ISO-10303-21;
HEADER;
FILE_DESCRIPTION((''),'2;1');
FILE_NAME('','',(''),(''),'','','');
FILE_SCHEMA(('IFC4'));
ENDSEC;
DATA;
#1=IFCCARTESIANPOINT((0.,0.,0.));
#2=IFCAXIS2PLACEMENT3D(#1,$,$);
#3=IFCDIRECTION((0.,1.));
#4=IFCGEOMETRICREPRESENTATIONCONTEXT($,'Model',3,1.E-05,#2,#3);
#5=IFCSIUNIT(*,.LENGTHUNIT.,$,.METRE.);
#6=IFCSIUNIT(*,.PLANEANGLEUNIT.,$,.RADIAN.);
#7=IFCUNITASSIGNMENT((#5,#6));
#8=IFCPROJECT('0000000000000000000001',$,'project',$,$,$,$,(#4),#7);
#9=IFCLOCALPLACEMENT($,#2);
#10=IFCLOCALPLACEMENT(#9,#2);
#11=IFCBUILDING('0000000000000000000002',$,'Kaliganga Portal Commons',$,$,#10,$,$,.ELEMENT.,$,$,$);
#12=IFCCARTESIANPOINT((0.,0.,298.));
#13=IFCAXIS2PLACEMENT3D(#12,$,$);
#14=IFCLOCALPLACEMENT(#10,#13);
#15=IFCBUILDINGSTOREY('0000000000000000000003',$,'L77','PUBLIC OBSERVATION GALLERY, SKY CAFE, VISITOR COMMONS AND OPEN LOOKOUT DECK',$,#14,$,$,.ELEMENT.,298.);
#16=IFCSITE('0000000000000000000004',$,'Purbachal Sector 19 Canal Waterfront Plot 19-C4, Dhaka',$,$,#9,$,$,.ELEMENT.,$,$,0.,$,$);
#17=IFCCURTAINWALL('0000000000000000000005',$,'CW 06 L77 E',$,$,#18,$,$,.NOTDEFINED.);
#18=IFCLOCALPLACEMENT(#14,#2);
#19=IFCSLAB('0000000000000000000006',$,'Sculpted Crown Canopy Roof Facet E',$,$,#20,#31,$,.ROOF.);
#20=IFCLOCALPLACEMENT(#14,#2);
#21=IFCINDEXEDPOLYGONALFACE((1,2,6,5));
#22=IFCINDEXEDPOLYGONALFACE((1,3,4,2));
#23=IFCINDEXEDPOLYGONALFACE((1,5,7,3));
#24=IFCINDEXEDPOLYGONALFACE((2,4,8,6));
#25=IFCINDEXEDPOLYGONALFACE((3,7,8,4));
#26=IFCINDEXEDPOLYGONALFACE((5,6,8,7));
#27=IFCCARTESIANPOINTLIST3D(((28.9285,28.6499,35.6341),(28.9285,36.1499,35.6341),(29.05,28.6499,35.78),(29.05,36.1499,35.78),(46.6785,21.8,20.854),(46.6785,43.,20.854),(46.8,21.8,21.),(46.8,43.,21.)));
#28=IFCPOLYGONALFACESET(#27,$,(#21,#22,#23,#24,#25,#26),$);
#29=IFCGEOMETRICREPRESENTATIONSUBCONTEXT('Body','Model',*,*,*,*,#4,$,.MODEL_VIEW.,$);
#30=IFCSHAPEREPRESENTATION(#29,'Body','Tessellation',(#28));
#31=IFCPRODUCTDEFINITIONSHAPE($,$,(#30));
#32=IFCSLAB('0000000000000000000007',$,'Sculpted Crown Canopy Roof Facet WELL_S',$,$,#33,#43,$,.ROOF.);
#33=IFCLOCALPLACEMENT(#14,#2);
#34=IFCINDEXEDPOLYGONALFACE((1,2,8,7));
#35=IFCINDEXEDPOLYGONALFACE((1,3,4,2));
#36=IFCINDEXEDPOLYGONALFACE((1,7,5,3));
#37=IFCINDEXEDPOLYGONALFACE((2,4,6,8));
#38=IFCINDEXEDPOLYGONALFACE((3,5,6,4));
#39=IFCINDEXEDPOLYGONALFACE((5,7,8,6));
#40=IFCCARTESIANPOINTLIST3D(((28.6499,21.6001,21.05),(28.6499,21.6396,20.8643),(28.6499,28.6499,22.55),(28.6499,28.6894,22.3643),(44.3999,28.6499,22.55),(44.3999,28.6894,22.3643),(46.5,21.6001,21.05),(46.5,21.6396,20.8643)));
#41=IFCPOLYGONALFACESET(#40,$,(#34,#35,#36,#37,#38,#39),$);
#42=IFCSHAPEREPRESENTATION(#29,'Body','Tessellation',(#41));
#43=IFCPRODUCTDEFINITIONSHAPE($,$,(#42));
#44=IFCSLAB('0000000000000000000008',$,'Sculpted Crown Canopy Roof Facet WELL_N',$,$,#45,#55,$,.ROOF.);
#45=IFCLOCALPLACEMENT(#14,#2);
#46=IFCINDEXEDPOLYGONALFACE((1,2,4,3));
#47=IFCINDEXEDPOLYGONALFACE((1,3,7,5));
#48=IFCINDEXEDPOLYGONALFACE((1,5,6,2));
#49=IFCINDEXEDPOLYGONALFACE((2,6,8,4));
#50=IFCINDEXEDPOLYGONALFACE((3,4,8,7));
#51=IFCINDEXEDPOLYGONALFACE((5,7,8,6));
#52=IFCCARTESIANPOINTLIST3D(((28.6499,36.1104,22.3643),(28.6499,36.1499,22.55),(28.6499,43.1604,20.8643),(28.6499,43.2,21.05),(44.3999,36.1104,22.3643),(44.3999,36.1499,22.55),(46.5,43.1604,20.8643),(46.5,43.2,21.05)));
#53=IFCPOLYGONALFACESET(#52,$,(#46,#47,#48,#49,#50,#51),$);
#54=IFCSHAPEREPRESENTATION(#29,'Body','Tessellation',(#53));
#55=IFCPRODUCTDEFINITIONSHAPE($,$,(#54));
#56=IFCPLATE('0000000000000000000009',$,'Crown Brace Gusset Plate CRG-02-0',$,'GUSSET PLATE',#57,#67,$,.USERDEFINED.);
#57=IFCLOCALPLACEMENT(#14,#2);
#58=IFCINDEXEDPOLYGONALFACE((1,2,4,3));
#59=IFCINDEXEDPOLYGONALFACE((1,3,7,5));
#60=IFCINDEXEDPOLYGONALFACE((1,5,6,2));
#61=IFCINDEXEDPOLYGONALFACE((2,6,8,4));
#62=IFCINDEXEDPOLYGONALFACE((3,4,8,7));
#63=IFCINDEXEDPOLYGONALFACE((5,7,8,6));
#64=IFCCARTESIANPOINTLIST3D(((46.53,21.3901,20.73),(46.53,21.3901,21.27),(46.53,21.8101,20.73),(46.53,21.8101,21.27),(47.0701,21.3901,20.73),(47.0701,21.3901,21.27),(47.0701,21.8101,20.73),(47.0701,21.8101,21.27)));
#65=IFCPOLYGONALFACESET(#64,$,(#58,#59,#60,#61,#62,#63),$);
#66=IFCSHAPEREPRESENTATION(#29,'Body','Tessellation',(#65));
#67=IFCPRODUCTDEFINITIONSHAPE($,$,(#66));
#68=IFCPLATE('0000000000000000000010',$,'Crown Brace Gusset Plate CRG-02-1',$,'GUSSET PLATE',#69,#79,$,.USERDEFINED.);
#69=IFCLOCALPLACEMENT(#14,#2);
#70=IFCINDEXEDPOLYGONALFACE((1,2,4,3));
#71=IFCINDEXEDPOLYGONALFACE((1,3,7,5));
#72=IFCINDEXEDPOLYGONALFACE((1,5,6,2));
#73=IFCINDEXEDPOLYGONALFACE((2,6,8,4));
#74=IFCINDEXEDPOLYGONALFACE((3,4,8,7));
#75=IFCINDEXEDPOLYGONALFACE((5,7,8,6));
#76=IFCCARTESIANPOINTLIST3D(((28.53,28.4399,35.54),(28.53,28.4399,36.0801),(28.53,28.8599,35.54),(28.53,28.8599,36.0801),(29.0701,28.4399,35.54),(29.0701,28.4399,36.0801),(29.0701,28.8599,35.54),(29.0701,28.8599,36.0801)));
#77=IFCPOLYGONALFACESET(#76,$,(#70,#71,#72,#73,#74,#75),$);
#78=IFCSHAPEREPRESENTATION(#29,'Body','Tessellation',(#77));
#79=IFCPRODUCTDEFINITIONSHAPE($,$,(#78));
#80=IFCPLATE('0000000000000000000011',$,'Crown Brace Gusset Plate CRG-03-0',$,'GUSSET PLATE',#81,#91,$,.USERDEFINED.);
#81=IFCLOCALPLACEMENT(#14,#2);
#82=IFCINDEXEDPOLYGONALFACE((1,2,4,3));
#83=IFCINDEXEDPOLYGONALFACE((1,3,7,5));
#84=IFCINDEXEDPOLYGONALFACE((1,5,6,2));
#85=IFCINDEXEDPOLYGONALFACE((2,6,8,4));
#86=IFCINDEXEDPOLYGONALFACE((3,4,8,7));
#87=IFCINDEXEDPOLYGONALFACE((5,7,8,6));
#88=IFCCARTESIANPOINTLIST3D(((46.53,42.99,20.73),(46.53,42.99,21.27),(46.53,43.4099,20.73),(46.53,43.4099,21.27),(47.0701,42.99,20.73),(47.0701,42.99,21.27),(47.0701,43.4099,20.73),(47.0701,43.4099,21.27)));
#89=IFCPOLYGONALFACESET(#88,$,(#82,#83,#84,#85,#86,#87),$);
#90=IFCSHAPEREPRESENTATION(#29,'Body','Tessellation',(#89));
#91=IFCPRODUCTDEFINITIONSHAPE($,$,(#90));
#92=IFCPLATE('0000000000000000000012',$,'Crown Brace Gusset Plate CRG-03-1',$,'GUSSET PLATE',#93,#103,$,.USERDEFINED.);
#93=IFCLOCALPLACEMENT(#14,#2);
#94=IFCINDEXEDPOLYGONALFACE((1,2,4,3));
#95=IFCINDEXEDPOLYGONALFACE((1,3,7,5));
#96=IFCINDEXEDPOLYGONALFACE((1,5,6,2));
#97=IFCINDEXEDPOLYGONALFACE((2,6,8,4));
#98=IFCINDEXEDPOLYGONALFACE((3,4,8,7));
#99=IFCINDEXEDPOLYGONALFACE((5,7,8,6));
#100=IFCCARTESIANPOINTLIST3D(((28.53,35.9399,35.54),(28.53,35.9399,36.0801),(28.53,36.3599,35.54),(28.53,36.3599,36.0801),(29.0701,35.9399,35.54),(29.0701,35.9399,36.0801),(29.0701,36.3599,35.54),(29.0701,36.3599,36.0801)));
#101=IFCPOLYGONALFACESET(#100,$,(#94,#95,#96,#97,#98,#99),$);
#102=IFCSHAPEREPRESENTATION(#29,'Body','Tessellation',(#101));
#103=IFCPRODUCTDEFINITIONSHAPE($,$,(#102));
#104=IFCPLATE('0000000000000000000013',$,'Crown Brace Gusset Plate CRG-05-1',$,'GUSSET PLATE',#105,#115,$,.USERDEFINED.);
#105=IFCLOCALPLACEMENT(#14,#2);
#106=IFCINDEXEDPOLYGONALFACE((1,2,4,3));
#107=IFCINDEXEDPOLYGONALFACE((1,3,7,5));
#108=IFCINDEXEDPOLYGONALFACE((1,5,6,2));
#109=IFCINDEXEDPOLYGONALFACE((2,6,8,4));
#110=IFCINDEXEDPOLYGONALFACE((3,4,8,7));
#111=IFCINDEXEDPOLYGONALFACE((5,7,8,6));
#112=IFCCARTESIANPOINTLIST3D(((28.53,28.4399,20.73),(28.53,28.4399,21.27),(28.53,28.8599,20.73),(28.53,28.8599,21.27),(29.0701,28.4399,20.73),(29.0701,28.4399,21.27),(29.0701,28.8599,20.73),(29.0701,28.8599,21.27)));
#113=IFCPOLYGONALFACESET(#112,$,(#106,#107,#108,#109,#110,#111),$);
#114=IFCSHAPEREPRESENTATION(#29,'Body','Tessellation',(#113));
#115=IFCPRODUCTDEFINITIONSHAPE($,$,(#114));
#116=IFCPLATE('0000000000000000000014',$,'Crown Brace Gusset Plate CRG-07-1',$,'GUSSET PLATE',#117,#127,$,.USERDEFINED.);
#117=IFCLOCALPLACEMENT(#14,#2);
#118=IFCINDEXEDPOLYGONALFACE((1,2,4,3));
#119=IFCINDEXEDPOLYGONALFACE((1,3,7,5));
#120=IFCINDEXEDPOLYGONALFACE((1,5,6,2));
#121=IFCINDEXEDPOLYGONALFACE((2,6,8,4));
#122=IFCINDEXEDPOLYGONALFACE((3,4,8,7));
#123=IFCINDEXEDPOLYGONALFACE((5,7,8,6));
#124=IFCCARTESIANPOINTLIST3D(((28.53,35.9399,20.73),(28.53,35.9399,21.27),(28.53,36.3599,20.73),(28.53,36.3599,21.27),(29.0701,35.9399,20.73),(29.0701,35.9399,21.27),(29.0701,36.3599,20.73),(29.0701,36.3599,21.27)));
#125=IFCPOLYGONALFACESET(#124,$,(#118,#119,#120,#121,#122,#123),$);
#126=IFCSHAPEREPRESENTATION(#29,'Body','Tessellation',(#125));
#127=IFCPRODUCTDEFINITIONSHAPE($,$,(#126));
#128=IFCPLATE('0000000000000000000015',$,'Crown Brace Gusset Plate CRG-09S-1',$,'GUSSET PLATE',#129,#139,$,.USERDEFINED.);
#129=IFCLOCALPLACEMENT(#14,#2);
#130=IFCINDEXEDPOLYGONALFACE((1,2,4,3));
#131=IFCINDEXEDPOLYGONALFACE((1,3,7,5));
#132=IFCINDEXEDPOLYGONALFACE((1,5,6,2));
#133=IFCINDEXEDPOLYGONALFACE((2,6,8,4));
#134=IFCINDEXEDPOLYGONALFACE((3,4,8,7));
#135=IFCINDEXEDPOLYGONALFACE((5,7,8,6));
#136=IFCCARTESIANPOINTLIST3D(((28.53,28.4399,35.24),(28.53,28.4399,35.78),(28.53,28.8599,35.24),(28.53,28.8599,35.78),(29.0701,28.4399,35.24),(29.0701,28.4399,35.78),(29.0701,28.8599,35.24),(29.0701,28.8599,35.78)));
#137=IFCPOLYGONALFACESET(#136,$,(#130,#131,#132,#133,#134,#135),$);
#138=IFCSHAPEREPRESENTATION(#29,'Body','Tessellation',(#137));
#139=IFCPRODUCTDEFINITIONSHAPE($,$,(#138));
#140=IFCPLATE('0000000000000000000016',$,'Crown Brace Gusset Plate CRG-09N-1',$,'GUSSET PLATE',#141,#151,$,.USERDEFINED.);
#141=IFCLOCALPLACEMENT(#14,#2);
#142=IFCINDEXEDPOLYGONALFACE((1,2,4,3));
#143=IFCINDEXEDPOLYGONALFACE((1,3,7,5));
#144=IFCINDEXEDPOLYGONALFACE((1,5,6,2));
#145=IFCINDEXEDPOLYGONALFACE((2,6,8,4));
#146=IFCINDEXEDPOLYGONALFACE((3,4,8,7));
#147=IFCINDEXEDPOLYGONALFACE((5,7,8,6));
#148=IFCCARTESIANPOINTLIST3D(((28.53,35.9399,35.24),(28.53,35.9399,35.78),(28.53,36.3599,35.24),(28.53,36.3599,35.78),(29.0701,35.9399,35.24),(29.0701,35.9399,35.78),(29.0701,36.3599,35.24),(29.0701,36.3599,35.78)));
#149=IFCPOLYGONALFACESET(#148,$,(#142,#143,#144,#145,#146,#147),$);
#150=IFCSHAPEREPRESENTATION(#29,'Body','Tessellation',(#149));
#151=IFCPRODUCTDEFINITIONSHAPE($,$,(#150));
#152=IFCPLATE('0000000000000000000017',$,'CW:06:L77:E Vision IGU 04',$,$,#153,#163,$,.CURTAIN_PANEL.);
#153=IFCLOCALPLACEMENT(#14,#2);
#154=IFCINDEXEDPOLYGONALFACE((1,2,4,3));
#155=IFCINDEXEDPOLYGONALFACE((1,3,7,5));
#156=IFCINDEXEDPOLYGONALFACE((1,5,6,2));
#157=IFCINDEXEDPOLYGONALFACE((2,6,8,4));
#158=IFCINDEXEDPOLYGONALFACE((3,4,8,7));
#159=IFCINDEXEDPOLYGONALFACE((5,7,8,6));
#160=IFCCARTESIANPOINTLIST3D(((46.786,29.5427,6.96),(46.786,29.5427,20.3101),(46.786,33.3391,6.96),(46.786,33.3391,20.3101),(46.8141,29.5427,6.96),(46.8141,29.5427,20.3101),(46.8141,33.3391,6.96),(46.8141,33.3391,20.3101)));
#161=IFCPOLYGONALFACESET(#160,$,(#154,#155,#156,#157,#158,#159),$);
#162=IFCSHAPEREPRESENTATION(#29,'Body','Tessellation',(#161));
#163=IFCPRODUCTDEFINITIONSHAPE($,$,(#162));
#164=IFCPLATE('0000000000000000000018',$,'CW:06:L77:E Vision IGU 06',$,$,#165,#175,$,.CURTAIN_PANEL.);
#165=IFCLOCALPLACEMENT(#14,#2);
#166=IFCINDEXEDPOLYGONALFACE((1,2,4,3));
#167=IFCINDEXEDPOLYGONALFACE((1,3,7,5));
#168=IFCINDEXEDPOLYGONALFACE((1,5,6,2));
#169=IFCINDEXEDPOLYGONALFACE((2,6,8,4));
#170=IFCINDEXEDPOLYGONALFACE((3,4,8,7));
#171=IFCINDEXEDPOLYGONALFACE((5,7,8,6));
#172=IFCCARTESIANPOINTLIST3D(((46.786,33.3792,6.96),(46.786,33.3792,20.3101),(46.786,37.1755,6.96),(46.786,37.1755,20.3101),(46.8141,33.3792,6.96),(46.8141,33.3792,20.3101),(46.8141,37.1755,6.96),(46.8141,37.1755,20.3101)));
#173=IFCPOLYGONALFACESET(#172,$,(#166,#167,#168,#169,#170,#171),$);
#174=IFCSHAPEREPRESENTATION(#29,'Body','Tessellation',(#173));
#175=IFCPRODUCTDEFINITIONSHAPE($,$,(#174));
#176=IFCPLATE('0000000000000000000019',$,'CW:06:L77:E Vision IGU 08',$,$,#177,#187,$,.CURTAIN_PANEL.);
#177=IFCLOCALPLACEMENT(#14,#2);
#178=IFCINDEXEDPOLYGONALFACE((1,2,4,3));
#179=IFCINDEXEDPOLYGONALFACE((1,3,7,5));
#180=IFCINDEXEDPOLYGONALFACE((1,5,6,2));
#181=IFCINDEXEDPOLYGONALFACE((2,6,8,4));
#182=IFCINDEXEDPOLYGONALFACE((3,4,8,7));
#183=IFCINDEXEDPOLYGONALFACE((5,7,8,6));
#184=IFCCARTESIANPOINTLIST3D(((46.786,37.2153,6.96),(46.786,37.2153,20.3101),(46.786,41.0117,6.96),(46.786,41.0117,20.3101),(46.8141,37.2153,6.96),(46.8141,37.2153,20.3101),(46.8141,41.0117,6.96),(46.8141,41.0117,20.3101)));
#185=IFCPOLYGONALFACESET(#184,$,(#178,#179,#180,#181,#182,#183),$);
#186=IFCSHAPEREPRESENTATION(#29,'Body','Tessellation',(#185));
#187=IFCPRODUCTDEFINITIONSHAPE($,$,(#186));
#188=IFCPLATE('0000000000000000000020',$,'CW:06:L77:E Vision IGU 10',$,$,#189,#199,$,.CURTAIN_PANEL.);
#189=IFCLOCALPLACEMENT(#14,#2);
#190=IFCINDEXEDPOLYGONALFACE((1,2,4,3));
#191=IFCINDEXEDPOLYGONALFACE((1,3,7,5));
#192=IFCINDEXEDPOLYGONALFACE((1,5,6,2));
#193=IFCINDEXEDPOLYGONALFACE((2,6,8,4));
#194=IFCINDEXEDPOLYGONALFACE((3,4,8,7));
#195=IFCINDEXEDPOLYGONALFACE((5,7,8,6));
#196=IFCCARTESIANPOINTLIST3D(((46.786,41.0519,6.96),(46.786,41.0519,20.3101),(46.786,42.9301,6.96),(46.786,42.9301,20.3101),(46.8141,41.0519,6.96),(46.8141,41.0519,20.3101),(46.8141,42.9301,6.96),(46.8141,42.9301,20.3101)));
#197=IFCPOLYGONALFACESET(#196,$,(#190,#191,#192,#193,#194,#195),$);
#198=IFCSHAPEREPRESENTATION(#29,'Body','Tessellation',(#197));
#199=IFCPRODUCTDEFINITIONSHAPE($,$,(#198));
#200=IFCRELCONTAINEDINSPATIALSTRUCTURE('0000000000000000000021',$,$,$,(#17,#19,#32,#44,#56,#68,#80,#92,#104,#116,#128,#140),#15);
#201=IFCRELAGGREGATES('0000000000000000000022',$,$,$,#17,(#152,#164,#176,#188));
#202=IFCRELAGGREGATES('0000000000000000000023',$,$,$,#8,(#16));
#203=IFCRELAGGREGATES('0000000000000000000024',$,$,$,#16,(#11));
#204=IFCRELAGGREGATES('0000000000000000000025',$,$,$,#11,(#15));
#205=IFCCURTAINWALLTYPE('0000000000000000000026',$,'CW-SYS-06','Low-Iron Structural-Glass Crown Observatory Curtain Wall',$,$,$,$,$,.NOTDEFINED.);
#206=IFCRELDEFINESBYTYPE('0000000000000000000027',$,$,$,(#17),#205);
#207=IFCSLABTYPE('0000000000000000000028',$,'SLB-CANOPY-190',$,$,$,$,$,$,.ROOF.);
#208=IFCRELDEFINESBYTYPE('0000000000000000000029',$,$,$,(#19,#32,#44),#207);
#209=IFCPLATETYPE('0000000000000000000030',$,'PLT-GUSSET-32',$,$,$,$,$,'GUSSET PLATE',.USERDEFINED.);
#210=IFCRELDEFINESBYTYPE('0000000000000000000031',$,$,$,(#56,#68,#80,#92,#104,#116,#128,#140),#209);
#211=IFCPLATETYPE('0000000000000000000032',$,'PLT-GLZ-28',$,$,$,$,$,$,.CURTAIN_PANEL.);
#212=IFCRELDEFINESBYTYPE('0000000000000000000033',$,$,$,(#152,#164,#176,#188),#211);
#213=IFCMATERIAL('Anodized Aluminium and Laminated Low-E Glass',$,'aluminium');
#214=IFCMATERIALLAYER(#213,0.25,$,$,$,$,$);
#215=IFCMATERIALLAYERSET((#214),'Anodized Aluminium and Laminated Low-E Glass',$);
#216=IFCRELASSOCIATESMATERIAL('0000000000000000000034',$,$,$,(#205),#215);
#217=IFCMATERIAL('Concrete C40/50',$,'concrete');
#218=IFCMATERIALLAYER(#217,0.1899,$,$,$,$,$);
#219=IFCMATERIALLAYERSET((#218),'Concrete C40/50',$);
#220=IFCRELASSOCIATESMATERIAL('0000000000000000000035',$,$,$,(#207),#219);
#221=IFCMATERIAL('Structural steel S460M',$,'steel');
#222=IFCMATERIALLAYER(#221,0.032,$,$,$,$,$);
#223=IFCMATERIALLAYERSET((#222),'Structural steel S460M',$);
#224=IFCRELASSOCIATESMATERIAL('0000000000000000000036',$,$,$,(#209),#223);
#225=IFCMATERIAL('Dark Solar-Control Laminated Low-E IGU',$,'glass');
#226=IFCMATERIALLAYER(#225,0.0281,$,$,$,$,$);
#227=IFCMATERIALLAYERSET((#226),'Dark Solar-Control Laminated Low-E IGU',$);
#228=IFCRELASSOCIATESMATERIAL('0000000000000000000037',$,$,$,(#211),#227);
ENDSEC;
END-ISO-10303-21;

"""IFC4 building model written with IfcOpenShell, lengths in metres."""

from ifc_helpers import new_model, si_unit, direction, frame, origin, origin_2d, place, context, subcontext, project, spatial, polyline, rectangle, outline, extrude, source, transform, mapped, material, layer, layer_set, type_object, element, aggregate, save


model = new_model("IFC4")

# Units and contexts
model_context = context("Model", 3, precision=1e-05, world=origin(), true_north=direction((0.0, 1.0)))
body_context = subcontext(model_context, "Body", "Model", "MODEL_VIEW")
ifc_project = project(units=[si_unit("LENGTHUNIT", "METRE"), si_unit("PLANEANGLEUNIT", "RADIAN")], contexts=[model_context])

# Site, building, storey
site_placement = place(None, origin())
site = spatial("IfcSite", under=ifc_project, at=site_placement, Name="Purbachal Sector 19 Canal Waterfront Plot 19-C4, Dhaka", CompositionType="ELEMENT", RefElevation=0.0)
building_placement = place(site_placement, origin())
building = spatial("IfcBuilding", under=site, at=building_placement, Name="Kaliganga Portal Commons", CompositionType="ELEMENT")
storey_placement = place(building_placement, frame((0.0, 0.0, 298.0)))
storey = spatial("IfcBuildingStorey", under=building, at=storey_placement, Name="L77", Description="PUBLIC OBSERVATION GALLERY, SKY CAFE, VISITOR COMMONS AND OPEN LOOKOUT DECK", CompositionType="ELEMENT", Elevation=298.0)

# Shared definitions
ifc_material_1 = material(Name="Structural steel S460M", Category="steel")

# Curtain wall
ifc_material_2 = material(Name="Anodized Aluminium and Laminated Low-E Glass", Category="aluminium")
ifc_layer_1 = layer(ifc_material_2, 0.25)
ifc_layer_set_1 = layer_set([ifc_layer_1], Name="Anodized Aluminium and Laminated Low-E Glass")
curtain_wall_type = type_object("IfcCurtainWallType", Name="CW-SYS-06", Description="Low-Iron Structural-Glass Crown Observatory Curtain Wall", PredefinedType="NOTDEFINED", material=ifc_layer_set_1)
curtain_wall_1_placement = place(storey_placement, origin())
curtain_wall_1 = element("IfcCurtainWall", 1, at=curtain_wall_1_placement, inside=storey, type_object=curtain_wall_type, Name="CW 06 L77 E", PredefinedType="NOTDEFINED")

# Slabs
ifc_material_3 = material(Name="Concrete C40/50", Category="concrete")
ifc_layer_2 = layer(ifc_material_3, 0.1899)
ifc_layer_set_2 = layer_set([ifc_layer_2], Name="Concrete C40/50")
slab_type = type_object("IfcSlabType", Name="SLB-CANOPY-190", PredefinedType="ROOF", material=ifc_layer_set_2)
slab_1_placement = place(storey_placement, frame((46.8, 21.8, 21.0), z_axis=(0.639887, 0.0, 0.768469), x_axis=(0.0, 1.0, 0.0)))
element("IfcSlab", 2, at=slab_1_placement, inside=storey, type_object=slab_type, Name="Sculpted Crown Canopy Roof Facet E", PredefinedType="ROOF", context=body_context, shape_type="SweptSolid", body=[
    extrude(outline(polyline([(0.0, 0.0), (21.2, 0.0), (14.3499, 23.0979), (6.8499, 23.0979), (0.0, 0.0)])), origin(), (0.0, 0.0, -1.0), 0.1899),
])
slab_2_placement = place(storey_placement, frame((28.6499, 21.6001, 21.05), z_axis=(0.0, -0.208113, 0.978105), x_axis=(1.0, 0.0, 0.0)))
element("IfcSlab", 3, at=slab_2_placement, inside=storey, type_object=slab_type, Name="Sculpted Crown Canopy Roof Facet WELL_S", PredefinedType="ROOF", context=body_context, shape_type="SweptSolid", body=[
    extrude(outline(polyline([(0.0, 0.0), (17.8501, 0.0), (15.75, 7.2076), (0.0, 7.2076), (0.0, 0.0)])), origin(), (0.0, 0.0, -1.0), 0.1899),
])
slab_3_placement = place(storey_placement, frame((46.5, 43.2, 21.05), z_axis=(0.0, 0.208106, 0.978106), x_axis=(-1.0, 0.0, 0.0)))
element("IfcSlab", 4, at=slab_3_placement, inside=storey, type_object=slab_type, Name="Sculpted Crown Canopy Roof Facet WELL_N", PredefinedType="ROOF", context=body_context, shape_type="SweptSolid", body=[
    extrude(outline(polyline([(0.0, 0.0), (17.8501, 0.0), (17.8501, 7.2079), (2.1001, 7.2079), (0.0, 0.0)])), origin(), (0.0, 0.0, -1.0), 0.1899),
])

# Plates
ifc_layer_3 = layer(ifc_material_1, 0.032)
ifc_layer_set_3 = layer_set([ifc_layer_3], Name="Structural steel S460M")
plate_type_1 = type_object("IfcPlateType", Name="PLT-GUSSET-32", ElementType="GUSSET PLATE", PredefinedType="USERDEFINED", material=ifc_layer_set_3)
shared_shape_1 = source(origin(), body_context, "Body", "SweptSolid", [
    extrude(rectangle(XDim=0.54, YDim=0.4199, at=origin_2d()), origin(), (0.0, 0.0, 1.0), 0.54),
])
for number, where, z_axis, x_axis, name in (
    (5, (46.8, 21.6001, 20.73), (0.0, 0.0, 1.0), (1.0, 0.0, 0.0), "Crown Brace Gusset Plate CRG-02-0"),
    (6, (28.8, 28.6499, 35.54), (0.0, 0.0, 1.0), (1.0, 0.0, 0.0), "Crown Brace Gusset Plate CRG-02-1"),
    (7, (46.8, 43.2, 20.73), (0.0, 0.0, 1.0), (1.0, 0.0, 0.0), "Crown Brace Gusset Plate CRG-03-0"),
    (8, (28.8, 36.1499, 35.54), (0.0, 0.0, 1.0), (1.0, 0.0, 0.0), "Crown Brace Gusset Plate CRG-03-1"),
    (9, (28.8, 28.6499, 20.73), (0.0, 0.0, 1.0), (1.0, 0.0, 0.0), "Crown Brace Gusset Plate CRG-05-1"),
    (10, (28.8, 36.1499, 20.73), (0.0, 0.0, 1.0), (1.0, 0.0, 0.0), "Crown Brace Gusset Plate CRG-07-1"),
    (11, (28.8, 28.6499, 35.24), (0.0, 0.0, 1.0), (1.0, 0.0, 0.0), "Crown Brace Gusset Plate CRG-09S-1"),
    (12, (28.8, 36.1499, 35.24), (0.0, 0.0, 1.0), (1.0, 0.0, 0.0), "Crown Brace Gusset Plate CRG-09N-1"),
):
    element("IfcPlate", number, at=place(storey_placement, frame(where, z_axis=z_axis, x_axis=x_axis)), inside=storey, type_object=plate_type_1, Name=name, ObjectType="GUSSET PLATE", PredefinedType="USERDEFINED", context=body_context, shape_type="MappedRepresentation", body=[
        mapped(shared_shape_1, transform((0.0, 0.0, 0.0), x_axis=(1.0, 0.0, 0.0), y_axis=(0.0, 1.0, 0.0), z_axis=(0.0, 0.0, 1.0), scale=1.0)),
    ])

# Plates
ifc_material_4 = material(Name="Dark Solar-Control Laminated Low-E IGU", Category="glass")
ifc_layer_4 = layer(ifc_material_4, 0.0281)
ifc_layer_set_4 = layer_set([ifc_layer_4], Name="Dark Solar-Control Laminated Low-E IGU")
plate_type_2 = type_object("IfcPlateType", Name="PLT-GLZ-28", PredefinedType="CURTAIN_PANEL", material=ifc_layer_set_4)
shared_shape_2 = source(origin(), body_context, "Body", "SweptSolid", [
    extrude(rectangle(XDim=3.7964, YDim=0.0281, at=origin_2d()), origin(), (0.0, 0.0, 1.0), 13.3501),
])
plate_1_placement = place(storey_placement, frame((46.8, 31.4409, 6.96), z_axis=(0.0, 0.0, 1.0), x_axis=(0.0, 1.0, 0.0)))
plate_1 = element("IfcPlate", 13, at=plate_1_placement, type_object=plate_type_2, Name="CW:06:L77:E Vision IGU 04", PredefinedType="CURTAIN_PANEL", context=body_context, shape_type="MappedRepresentation", body=[
    mapped(shared_shape_2, transform((0.0, 0.0, 0.0), x_axis=(1.0, 0.0, 0.0), y_axis=(0.0, 1.0, 0.0), z_axis=(0.0, 0.0, 1.0), scale=1.0)),
])
plate_2_placement = place(storey_placement, frame((46.8, 35.2773, 6.96), z_axis=(0.0, 0.0, 1.0), x_axis=(0.0, 1.0, 0.0)))
plate_2 = element("IfcPlate", 14, at=plate_2_placement, type_object=plate_type_2, Name="CW:06:L77:E Vision IGU 06", PredefinedType="CURTAIN_PANEL", context=body_context, shape_type="MappedRepresentation", body=[
    mapped(shared_shape_2, transform((0.0, 0.0, 0.0), x_axis=(1.0, 0.0, 0.0), y_axis=(0.0, 1.0, 0.0), z_axis=(0.0, 0.0, 1.0), scale=1.0)),
])
plate_3_placement = place(storey_placement, frame((46.8, 39.1135, 6.96), z_axis=(0.0, 0.0, 1.0), x_axis=(0.0, 1.0, 0.0)))
plate_3 = element("IfcPlate", 15, at=plate_3_placement, type_object=plate_type_2, Name="CW:06:L77:E Vision IGU 08", PredefinedType="CURTAIN_PANEL", context=body_context, shape_type="MappedRepresentation", body=[
    mapped(shared_shape_2, transform((0.0, 0.0, 0.0), x_axis=(1.0, 0.0, 0.0), y_axis=(0.0, 1.0, 0.0), z_axis=(0.0, 0.0, 1.0), scale=1.0)),
])
shared_shape_3 = source(origin(), body_context, "Body", "SweptSolid", [
    extrude(rectangle(XDim=1.8782, YDim=0.0281, at=origin_2d()), origin(), (0.0, 0.0, 1.0), 13.3501),
])
plate_4_placement = place(storey_placement, frame((46.8, 41.991, 6.96), z_axis=(0.0, 0.0, 1.0), x_axis=(0.0, 1.0, 0.0)))
plate_4 = element("IfcPlate", 16, at=plate_4_placement, type_object=plate_type_2, Name="CW:06:L77:E Vision IGU 10", PredefinedType="CURTAIN_PANEL", context=body_context, shape_type="MappedRepresentation", body=[
    mapped(shared_shape_3, transform((0.0, 0.0, 0.0), x_axis=(1.0, 0.0, 0.0), y_axis=(0.0, 1.0, 0.0), z_axis=(0.0, 0.0, 1.0), scale=1.0)),
])
aggregate(curtain_wall_1, [plate_1, plate_2, plate_3, plate_4])

save(model, "model.ifc")
